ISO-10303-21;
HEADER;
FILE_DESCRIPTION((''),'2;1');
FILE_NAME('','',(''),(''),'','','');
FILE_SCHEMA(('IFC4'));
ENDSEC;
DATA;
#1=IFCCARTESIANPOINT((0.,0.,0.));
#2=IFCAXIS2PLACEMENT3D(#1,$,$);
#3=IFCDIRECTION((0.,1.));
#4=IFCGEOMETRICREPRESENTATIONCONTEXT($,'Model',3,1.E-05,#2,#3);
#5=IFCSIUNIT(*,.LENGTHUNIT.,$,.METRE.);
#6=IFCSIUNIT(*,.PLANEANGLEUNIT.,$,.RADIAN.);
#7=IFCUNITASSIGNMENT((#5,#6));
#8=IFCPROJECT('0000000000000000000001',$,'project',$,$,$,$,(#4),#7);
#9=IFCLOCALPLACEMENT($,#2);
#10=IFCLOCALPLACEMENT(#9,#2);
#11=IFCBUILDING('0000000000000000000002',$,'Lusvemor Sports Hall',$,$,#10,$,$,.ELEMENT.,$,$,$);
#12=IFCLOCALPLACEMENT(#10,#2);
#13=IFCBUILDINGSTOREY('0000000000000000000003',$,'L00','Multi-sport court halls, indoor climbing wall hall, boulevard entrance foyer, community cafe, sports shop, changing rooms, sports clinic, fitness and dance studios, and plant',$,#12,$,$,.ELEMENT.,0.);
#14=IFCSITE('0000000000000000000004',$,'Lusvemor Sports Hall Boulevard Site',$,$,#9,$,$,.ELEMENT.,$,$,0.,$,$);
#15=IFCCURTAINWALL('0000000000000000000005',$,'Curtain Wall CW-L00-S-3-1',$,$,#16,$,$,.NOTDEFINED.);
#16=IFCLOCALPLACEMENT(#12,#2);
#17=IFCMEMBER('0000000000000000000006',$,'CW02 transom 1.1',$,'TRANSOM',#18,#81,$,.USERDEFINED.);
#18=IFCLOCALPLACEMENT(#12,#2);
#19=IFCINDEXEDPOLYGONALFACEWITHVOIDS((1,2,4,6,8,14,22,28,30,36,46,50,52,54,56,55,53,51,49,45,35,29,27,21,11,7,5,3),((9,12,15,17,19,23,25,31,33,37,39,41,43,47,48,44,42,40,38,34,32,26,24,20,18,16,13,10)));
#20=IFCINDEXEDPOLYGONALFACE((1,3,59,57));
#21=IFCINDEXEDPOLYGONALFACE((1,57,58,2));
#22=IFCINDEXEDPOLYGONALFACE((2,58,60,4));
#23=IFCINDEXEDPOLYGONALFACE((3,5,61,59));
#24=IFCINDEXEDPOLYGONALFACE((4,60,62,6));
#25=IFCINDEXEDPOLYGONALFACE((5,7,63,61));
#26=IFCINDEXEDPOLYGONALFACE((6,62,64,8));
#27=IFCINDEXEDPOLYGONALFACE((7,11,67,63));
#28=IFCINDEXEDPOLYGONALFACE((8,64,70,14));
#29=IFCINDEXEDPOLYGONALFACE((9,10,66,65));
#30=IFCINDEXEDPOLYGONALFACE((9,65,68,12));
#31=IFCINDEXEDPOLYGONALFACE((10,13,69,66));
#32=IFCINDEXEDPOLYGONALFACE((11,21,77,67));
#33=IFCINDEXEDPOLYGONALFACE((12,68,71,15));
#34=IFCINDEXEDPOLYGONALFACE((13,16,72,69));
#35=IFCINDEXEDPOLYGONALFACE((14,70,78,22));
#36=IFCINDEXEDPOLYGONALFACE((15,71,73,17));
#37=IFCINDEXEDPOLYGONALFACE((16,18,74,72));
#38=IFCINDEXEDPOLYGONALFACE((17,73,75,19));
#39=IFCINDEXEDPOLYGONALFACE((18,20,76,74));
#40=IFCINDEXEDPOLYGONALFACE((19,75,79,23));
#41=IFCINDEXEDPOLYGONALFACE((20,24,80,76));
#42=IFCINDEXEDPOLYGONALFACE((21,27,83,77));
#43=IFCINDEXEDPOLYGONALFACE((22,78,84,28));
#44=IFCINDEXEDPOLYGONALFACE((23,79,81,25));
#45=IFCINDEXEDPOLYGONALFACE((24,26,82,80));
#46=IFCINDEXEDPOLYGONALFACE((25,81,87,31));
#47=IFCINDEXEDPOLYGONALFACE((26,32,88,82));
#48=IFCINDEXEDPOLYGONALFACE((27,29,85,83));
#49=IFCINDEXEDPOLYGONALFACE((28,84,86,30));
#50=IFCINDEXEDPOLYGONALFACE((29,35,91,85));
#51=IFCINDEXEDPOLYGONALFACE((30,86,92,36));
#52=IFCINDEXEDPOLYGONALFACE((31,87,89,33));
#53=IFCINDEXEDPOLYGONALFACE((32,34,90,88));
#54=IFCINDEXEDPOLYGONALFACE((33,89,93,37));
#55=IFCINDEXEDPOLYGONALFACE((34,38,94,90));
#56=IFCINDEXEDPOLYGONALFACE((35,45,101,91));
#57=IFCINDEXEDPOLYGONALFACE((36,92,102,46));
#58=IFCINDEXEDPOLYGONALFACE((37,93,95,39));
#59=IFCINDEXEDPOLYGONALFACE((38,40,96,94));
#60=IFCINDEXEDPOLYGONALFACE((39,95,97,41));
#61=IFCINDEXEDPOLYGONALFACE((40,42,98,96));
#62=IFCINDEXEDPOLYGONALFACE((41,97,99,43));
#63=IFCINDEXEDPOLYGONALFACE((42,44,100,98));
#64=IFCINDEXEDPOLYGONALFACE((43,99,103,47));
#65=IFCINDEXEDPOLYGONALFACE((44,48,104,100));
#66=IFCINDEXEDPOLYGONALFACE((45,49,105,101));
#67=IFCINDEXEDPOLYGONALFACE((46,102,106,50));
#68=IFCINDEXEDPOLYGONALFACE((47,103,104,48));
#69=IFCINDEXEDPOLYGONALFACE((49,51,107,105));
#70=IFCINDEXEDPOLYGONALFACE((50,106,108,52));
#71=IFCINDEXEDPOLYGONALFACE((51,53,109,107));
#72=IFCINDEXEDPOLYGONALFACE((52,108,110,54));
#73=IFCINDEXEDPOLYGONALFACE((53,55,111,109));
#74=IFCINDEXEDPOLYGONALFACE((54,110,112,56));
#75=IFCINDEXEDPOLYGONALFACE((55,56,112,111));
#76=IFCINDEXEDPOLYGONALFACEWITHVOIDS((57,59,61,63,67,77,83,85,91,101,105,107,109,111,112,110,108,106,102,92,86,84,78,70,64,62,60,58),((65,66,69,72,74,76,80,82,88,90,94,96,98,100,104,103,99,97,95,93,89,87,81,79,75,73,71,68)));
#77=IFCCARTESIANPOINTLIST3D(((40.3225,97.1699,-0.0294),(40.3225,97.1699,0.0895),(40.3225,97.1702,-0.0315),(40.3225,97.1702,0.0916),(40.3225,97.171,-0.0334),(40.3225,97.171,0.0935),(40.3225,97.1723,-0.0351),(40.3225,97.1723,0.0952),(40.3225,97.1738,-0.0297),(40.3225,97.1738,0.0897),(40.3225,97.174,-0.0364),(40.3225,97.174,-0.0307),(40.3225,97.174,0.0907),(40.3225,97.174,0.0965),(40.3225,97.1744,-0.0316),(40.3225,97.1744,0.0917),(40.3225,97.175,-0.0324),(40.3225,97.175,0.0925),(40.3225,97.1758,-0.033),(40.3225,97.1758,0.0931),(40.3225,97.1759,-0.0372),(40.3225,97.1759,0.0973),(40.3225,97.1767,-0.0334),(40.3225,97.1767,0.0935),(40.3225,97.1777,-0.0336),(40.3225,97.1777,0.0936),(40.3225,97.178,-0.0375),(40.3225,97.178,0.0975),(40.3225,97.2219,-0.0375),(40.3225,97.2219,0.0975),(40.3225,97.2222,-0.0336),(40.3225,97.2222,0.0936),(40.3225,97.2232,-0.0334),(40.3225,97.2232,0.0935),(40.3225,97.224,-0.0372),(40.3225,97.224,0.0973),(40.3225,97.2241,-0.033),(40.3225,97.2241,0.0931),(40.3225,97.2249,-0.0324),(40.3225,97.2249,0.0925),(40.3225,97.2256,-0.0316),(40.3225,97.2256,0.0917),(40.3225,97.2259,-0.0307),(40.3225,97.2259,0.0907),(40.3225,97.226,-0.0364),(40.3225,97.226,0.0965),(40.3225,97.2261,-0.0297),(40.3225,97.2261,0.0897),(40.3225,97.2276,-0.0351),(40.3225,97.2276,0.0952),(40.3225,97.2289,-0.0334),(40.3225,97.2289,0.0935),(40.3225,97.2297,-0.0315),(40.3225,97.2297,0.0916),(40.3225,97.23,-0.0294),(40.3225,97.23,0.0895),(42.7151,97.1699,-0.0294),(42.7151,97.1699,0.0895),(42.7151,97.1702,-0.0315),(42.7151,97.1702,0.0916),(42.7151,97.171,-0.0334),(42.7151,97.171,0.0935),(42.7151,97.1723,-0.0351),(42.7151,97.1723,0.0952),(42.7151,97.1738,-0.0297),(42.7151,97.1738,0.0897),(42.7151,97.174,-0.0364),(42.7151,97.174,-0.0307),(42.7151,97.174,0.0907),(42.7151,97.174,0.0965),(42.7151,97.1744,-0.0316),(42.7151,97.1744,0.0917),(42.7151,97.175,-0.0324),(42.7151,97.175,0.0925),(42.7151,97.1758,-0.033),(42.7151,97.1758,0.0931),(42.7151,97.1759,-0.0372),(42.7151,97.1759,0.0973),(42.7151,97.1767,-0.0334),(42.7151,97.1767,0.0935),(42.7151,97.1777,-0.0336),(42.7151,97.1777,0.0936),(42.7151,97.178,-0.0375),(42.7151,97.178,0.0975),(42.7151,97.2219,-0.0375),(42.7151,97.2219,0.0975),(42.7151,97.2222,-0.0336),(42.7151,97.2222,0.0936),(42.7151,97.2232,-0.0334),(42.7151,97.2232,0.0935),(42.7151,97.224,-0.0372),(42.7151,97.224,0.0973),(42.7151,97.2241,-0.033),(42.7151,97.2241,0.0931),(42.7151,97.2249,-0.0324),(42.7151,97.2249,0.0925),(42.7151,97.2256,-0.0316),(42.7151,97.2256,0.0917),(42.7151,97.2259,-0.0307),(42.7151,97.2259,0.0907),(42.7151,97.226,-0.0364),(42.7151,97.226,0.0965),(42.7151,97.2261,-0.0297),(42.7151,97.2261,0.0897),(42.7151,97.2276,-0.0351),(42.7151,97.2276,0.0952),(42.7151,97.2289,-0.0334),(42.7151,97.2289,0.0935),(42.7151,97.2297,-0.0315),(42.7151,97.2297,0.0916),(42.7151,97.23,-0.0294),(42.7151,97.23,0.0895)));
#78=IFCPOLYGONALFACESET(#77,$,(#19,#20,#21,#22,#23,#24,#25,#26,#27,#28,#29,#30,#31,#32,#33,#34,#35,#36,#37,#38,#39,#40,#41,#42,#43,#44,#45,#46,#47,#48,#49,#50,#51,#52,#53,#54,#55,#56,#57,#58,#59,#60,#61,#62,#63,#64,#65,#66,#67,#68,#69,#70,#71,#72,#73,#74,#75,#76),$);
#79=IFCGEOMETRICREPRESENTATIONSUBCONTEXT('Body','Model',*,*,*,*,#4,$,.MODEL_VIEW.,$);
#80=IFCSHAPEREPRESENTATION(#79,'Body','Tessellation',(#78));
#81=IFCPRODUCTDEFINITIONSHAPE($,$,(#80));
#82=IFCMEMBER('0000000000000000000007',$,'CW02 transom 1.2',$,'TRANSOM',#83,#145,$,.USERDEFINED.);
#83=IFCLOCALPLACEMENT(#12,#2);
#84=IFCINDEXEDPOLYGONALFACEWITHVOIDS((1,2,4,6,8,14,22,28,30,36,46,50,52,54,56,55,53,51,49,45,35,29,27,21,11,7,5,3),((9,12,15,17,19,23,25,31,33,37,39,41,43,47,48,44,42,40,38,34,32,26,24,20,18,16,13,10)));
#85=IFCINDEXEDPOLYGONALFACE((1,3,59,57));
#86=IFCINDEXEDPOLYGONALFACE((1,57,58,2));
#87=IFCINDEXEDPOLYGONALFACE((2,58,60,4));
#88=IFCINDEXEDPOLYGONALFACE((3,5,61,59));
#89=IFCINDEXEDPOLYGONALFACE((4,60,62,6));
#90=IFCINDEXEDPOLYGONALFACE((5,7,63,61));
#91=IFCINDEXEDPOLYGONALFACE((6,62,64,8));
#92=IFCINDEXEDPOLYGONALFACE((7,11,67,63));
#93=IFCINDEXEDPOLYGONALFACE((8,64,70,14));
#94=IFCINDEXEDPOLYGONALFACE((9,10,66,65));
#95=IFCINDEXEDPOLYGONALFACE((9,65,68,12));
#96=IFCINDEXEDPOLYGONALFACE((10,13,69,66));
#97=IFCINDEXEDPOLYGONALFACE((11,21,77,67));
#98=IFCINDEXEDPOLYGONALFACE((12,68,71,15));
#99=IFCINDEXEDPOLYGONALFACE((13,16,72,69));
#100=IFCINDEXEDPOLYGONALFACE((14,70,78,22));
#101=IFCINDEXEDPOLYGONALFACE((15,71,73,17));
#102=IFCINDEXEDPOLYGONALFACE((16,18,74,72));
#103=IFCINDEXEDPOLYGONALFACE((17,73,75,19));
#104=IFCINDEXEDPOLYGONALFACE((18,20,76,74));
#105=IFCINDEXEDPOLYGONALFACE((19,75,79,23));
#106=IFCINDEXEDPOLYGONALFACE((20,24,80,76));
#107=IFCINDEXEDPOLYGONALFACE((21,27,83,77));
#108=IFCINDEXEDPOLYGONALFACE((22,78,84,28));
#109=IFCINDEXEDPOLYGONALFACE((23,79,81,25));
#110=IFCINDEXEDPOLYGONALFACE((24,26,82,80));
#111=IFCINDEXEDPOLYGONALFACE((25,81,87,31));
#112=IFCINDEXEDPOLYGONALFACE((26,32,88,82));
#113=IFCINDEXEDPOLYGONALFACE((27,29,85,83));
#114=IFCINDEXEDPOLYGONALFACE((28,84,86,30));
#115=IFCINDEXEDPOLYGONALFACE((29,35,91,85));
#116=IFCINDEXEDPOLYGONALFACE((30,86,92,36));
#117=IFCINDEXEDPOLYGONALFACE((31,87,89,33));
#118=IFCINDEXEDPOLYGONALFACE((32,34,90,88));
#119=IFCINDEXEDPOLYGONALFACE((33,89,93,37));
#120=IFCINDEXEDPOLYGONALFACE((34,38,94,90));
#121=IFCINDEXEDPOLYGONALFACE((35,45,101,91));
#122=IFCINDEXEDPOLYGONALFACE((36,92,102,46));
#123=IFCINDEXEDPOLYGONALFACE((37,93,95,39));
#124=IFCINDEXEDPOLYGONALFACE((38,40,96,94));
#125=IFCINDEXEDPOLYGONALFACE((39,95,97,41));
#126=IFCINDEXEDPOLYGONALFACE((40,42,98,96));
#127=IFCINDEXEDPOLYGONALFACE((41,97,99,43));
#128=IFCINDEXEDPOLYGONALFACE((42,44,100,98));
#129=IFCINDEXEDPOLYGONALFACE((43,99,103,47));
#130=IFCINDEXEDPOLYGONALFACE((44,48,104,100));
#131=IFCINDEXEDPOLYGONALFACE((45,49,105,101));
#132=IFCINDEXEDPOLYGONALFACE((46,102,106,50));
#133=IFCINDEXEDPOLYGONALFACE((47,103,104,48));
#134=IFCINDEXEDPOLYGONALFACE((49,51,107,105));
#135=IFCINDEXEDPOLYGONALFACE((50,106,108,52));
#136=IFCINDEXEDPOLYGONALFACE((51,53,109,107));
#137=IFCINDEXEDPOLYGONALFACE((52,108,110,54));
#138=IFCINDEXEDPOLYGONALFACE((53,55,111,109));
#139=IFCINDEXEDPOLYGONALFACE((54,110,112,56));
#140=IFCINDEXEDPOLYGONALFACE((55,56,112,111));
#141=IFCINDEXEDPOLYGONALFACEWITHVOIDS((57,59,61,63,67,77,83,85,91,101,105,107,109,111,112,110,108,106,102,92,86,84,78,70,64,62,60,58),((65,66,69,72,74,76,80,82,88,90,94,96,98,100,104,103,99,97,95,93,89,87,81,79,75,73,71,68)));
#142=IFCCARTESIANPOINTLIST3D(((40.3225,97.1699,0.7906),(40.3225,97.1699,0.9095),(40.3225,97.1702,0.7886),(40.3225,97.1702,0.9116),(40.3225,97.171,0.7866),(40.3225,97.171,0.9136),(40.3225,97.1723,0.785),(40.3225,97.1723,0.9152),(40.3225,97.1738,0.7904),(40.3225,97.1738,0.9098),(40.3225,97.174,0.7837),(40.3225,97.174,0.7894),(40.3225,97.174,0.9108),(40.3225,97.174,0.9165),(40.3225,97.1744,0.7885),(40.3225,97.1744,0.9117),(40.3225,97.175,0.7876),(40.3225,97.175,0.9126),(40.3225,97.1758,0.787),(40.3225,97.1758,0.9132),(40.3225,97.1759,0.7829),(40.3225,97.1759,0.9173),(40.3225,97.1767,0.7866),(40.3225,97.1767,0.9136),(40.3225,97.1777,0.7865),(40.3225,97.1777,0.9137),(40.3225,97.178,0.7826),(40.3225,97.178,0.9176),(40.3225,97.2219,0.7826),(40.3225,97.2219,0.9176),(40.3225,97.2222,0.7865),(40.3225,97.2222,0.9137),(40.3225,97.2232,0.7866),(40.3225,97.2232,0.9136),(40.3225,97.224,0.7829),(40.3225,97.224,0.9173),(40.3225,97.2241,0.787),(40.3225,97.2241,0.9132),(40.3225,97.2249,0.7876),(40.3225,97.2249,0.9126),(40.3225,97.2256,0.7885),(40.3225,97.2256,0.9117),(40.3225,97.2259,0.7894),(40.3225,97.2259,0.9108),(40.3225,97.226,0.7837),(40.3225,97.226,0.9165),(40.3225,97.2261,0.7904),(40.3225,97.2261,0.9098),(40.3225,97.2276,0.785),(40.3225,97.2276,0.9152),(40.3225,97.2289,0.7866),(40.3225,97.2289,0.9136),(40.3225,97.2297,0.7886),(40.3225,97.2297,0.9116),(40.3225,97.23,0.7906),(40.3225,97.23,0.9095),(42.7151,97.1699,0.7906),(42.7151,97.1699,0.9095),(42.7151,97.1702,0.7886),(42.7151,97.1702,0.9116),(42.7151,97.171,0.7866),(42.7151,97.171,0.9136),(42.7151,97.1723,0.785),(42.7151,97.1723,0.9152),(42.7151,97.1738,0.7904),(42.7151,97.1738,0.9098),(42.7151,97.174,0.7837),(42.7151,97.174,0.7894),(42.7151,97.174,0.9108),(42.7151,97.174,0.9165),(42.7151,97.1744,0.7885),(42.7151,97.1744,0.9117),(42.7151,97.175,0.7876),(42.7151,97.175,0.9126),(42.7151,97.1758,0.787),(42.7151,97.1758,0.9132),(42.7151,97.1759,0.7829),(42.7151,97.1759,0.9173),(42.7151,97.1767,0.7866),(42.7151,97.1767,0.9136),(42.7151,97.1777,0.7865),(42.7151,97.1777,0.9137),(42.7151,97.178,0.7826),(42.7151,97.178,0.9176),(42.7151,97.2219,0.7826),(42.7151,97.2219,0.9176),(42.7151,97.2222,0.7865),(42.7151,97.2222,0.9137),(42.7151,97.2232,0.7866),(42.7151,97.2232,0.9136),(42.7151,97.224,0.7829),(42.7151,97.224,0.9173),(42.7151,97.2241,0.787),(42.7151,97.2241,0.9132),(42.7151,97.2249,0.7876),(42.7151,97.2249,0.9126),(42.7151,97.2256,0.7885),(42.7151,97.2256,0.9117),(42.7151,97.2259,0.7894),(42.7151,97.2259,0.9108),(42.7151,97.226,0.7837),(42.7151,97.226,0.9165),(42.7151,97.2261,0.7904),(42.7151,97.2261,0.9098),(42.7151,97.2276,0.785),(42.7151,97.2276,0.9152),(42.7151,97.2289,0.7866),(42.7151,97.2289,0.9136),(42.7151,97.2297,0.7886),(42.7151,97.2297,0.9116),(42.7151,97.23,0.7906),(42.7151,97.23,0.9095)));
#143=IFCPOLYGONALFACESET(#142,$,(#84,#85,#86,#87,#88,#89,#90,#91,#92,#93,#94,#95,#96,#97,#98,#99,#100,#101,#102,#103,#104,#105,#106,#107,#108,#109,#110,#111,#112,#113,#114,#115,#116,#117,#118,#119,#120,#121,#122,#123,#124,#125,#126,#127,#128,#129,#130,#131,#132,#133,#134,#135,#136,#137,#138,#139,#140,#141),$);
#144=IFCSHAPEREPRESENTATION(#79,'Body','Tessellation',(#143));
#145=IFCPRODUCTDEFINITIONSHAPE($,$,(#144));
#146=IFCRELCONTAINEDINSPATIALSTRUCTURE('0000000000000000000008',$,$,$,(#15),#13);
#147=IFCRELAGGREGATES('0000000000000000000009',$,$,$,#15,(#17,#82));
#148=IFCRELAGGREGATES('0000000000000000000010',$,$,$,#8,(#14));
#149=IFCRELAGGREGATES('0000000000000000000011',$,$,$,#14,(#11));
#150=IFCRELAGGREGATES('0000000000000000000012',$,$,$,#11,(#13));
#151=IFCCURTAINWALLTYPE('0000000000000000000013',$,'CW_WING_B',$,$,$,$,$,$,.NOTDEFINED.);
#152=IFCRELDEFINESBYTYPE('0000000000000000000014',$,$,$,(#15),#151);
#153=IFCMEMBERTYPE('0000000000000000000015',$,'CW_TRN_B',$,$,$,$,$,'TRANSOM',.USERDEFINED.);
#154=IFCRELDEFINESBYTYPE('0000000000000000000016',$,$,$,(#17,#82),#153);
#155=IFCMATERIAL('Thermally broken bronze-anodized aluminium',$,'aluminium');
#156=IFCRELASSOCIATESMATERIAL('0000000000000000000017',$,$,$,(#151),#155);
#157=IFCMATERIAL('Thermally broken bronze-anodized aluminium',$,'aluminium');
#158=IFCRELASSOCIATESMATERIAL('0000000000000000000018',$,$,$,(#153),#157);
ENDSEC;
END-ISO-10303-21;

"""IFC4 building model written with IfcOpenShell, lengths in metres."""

from ifc_helpers import new_model, si_unit, direction, frame, origin, origin_2d, place, context, subcontext, project, spatial, hollow_rectangle, extrude, material, material_profile, profile_set, type_object, element, aggregate, save


model = new_model("IFC4")

# Units and contexts
model_context = context("Model", 3, precision=1e-05, world=origin(), true_north=direction((0.0, 1.0)))
body_context = subcontext(model_context, "Body", "Model", "MODEL_VIEW")
ifc_project = project(units=[si_unit("LENGTHUNIT", "METRE"), si_unit("PLANEANGLEUNIT", "RADIAN")], contexts=[model_context])

# Site, building, storey
site_placement = place(None, origin())
site = spatial("IfcSite", under=ifc_project, at=site_placement, Name="Lusvemor Sports Hall Boulevard Site", CompositionType="ELEMENT", RefElevation=0.0)
building_placement = place(site_placement, origin())
building = spatial("IfcBuilding", under=site, at=building_placement, Name="Lusvemor Sports Hall", CompositionType="ELEMENT")
storey_placement = place(building_placement, origin())
storey = spatial("IfcBuildingStorey", under=building, at=storey_placement, Name="L00", Description="Multi-sport court halls, indoor climbing wall hall, boulevard entrance foyer, community cafe, sports shop, changing rooms, sports clinic, fitness and dance studios, and plant", CompositionType="ELEMENT", Elevation=0.0)

# Curtain wall
ifc_material_1 = material(Name="Thermally broken bronze-anodized aluminium", Category="aluminium")
curtain_wall_type = type_object("IfcCurtainWallType", Name="CW_WING_B", PredefinedType="NOTDEFINED", material=ifc_material_1)
curtain_wall_1_placement = place(storey_placement, origin())
curtain_wall_1 = element("IfcCurtainWall", 1, at=curtain_wall_1_placement, inside=storey, type_object=curtain_wall_type, Name="Curtain Wall CW-L00-S-3-1", PredefinedType="NOTDEFINED")

# Members
ifc_material_2 = material(Name="Thermally broken bronze-anodized aluminium", Category="aluminium")
ifc_material_profile_1 = material_profile(ifc_material_2, hollow_rectangle(XDim=0.0601, YDim=0.135, WallThickness=0.0039, InnerFilletRadius=0.0039, OuterFilletRadius=0.0081, at=origin_2d()), Name="CWTRN135x60x4")
ifc_profile_set_1 = profile_set([ifc_material_profile_1], Name="Thermally broken bronze-anodized aluminium")
member_type_1 = type_object("IfcMemberType", Name="CW_TRN_B", ElementType="TRANSOM", PredefinedType="USERDEFINED", material=ifc_profile_set_1)
member_1_placement = place(storey_placement, frame((42.7151, 97.2, 0.03), z_axis=(-1.0, 0.0, 0.0), x_axis=(0.0, -1.0, 0.0)))
member_1 = element("IfcMember", 2, at=member_1_placement, type_object=member_type_1, Name="CW02 transom 1.1", ObjectType="TRANSOM", PredefinedType="USERDEFINED", context=body_context, shape_type="SweptSolid", body=[
    extrude(hollow_rectangle(XDim=0.0601, YDim=0.135, WallThickness=0.0039, InnerFilletRadius=0.0039, OuterFilletRadius=0.0081, at=origin_2d()), origin(), (0.0, 0.0, 1.0), 2.3926),
])
member_2_placement = place(storey_placement, frame((42.7151, 97.2, 0.8501), z_axis=(-1.0, 0.0, 0.0), x_axis=(0.0, -1.0, 0.0)))
member_2 = element("IfcMember", 3, at=member_2_placement, type_object=member_type_1, Name="CW02 transom 1.2", ObjectType="TRANSOM", PredefinedType="USERDEFINED", context=body_context, shape_type="SweptSolid", body=[
    extrude(hollow_rectangle(XDim=0.0601, YDim=0.135, WallThickness=0.0039, InnerFilletRadius=0.0039, OuterFilletRadius=0.0081, at=origin_2d()), origin(), (0.0, 0.0, 1.0), 2.3926),
])

aggregate(curtain_wall_1, [member_1, member_2])

save(model, "model.ifc")
